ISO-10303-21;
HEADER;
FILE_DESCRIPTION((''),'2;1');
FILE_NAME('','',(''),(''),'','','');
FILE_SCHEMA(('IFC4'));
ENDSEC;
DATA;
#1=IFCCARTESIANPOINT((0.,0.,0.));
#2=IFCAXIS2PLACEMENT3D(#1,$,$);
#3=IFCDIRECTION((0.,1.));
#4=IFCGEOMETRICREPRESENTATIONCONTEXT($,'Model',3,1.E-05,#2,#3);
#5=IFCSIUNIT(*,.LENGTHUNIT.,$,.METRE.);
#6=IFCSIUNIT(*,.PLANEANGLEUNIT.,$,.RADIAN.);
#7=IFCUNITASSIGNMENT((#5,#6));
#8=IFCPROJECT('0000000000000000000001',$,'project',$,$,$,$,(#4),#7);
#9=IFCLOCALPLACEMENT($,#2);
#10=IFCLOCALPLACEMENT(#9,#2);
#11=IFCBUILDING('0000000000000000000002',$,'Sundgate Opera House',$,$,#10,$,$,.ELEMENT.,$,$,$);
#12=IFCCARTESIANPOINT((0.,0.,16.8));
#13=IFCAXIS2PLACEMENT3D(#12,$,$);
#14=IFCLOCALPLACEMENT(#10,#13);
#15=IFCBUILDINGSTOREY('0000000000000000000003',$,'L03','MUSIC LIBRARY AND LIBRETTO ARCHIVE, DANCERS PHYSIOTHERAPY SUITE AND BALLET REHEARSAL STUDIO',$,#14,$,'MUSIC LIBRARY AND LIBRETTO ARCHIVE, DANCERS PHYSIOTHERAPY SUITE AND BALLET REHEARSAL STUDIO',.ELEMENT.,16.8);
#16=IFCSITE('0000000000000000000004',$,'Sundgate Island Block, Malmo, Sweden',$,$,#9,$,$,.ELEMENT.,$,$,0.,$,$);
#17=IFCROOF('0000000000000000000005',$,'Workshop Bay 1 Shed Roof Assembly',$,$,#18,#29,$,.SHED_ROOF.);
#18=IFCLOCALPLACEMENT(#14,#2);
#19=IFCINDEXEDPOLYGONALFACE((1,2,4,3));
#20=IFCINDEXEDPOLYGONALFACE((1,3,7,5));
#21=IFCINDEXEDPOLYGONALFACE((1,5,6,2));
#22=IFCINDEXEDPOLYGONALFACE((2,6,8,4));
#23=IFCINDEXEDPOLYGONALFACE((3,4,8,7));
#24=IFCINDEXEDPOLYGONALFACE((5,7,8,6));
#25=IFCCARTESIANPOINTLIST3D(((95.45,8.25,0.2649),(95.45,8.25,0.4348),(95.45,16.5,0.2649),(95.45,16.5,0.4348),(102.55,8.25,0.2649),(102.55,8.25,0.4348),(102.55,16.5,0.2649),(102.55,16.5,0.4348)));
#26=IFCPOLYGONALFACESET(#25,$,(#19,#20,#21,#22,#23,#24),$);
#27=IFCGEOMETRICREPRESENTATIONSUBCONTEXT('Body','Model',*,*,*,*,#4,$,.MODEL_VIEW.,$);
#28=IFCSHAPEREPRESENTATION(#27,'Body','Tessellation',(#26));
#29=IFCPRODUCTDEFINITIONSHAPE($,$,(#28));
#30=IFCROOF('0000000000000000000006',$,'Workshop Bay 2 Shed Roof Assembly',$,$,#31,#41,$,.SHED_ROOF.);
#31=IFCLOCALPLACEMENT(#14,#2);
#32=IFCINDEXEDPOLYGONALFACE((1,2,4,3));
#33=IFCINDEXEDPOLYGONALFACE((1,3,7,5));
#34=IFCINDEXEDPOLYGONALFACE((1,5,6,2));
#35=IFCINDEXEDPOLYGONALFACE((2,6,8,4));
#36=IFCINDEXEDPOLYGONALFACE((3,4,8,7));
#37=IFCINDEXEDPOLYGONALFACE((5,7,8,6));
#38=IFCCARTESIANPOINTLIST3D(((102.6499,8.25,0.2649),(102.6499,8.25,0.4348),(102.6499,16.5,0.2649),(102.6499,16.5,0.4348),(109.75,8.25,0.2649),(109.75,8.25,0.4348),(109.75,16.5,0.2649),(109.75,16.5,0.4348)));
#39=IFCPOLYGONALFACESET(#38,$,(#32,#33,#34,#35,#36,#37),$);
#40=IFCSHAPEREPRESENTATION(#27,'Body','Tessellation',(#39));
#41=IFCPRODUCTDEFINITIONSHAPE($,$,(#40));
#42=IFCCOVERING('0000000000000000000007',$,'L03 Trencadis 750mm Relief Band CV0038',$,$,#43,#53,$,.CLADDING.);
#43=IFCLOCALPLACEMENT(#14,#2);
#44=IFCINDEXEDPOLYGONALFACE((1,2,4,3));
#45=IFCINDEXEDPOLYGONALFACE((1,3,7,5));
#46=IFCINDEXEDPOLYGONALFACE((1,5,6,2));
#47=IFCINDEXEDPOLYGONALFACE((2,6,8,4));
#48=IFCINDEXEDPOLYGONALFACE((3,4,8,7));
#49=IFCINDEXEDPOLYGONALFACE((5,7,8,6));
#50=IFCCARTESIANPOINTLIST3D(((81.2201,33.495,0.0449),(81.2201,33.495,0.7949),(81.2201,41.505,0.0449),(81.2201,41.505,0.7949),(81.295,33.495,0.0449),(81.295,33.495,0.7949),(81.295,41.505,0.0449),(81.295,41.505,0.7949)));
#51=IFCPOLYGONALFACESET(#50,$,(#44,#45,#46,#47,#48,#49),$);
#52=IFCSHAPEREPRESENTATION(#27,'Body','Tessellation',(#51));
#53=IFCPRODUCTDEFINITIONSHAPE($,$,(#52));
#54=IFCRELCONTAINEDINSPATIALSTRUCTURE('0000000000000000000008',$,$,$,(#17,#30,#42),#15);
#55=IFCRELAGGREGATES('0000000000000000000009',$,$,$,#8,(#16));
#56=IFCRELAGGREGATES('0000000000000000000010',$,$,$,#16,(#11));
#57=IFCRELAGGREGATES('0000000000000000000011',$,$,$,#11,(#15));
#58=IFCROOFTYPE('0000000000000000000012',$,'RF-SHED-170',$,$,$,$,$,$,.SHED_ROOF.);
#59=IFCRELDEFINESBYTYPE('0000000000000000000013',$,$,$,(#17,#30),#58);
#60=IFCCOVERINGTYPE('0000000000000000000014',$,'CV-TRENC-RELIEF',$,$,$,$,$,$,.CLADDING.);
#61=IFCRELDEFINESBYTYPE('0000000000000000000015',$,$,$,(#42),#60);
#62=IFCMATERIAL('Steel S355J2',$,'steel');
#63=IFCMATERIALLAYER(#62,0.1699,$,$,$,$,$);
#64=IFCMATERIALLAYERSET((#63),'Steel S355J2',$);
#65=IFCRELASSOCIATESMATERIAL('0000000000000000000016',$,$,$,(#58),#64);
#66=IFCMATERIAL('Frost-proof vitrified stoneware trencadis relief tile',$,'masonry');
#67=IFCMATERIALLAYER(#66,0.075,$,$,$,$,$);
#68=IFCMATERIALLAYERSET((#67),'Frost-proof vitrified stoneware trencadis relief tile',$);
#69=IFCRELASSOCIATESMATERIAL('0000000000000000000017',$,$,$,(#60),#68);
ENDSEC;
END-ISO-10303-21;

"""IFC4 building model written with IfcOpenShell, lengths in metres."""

from ifc_helpers import new_model, si_unit, direction, frame, origin, origin_2d, place, context, subcontext, project, spatial, rectangle, extrude, material, layer, layer_set, type_object, element, save


model = new_model("IFC4")

# Units and contexts
model_context = context("Model", 3, precision=1e-05, world=origin(), true_north=direction((0.0, 1.0)))
body_context = subcontext(model_context, "Body", "Model", "MODEL_VIEW")
ifc_project = project(units=[si_unit("LENGTHUNIT", "METRE"), si_unit("PLANEANGLEUNIT", "RADIAN")], contexts=[model_context])

# Site, building, storey
site_placement = place(None, origin())
site = spatial("IfcSite", under=ifc_project, at=site_placement, Name="Sundgate Island Block, Malmo, Sweden", CompositionType="ELEMENT", RefElevation=0.0)
building_placement = place(site_placement, origin())
building = spatial("IfcBuilding", under=site, at=building_placement, Name="Sundgate Opera House", CompositionType="ELEMENT")
storey_placement = place(building_placement, frame((0.0, 0.0, 16.8)))
storey = spatial("IfcBuildingStorey", under=building, at=storey_placement, Name="L03", Description="MUSIC LIBRARY AND LIBRETTO ARCHIVE, DANCERS PHYSIOTHERAPY SUITE AND BALLET REHEARSAL STUDIO", LongName="MUSIC LIBRARY AND LIBRETTO ARCHIVE, DANCERS PHYSIOTHERAPY SUITE AND BALLET REHEARSAL STUDIO", CompositionType="ELEMENT", Elevation=16.8)

# Roofs
ifc_material_1 = material(Name="Steel S355J2", Category="steel")
ifc_layer_1 = layer(ifc_material_1, 0.1699)
ifc_layer_set_1 = layer_set([ifc_layer_1], Name="Steel S355J2")
roof_type = type_object("IfcRoofType", Name="RF-SHED-170", PredefinedType="SHED_ROOF", material=ifc_layer_set_1)
for number, where, z_axis, x_axis, name in (
    (1, (99.0, 12.375, 0.2649), (0.0, 0.0, 1.0), (1.0, 0.0, 0.0), "Workshop Bay 1 Shed Roof Assembly"),
    (2, (106.2, 12.375, 0.2649), (0.0, 0.0, 1.0), (1.0, 0.0, 0.0), "Workshop Bay 2 Shed Roof Assembly"),
):
    element("IfcRoof", number, at=place(storey_placement, frame(where, z_axis=z_axis, x_axis=x_axis)), inside=storey, type_object=roof_type, Name=name, PredefinedType="SHED_ROOF", context=body_context, shape_type="SweptSolid", body=[
        extrude(rectangle(XDim=7.1001, YDim=8.25, at=origin_2d()), origin(), (0.0, 0.0, 1.0), 0.1699),
    ])

# Covering
ifc_material_2 = material(Name="Frost-proof vitrified stoneware trencadis relief tile", Category="masonry")
ifc_layer_2 = layer(ifc_material_2, 0.075)
ifc_layer_set_2 = layer_set([ifc_layer_2], Name="Frost-proof vitrified stoneware trencadis relief tile")
covering_type = type_object("IfcCoveringType", Name="CV-TRENC-RELIEF", PredefinedType="CLADDING", material=ifc_layer_set_2)
covering_placement = place(storey_placement, frame((81.2576, 37.5, 0.0449), z_axis=(0.0, 0.0, 1.0), x_axis=(0.0, 1.0, 0.0)))
element("IfcCovering", 3, at=covering_placement, inside=storey, type_object=covering_type, Name="L03 Trencadis 750mm Relief Band CV0038", PredefinedType="CLADDING", context=body_context, shape_type="SweptSolid", body=[
    extrude(rectangle(XDim=8.01, YDim=0.075, at=origin_2d()), origin(), (0.0, 0.0, 1.0), 0.75),
])

save(model, "model.ifc")
